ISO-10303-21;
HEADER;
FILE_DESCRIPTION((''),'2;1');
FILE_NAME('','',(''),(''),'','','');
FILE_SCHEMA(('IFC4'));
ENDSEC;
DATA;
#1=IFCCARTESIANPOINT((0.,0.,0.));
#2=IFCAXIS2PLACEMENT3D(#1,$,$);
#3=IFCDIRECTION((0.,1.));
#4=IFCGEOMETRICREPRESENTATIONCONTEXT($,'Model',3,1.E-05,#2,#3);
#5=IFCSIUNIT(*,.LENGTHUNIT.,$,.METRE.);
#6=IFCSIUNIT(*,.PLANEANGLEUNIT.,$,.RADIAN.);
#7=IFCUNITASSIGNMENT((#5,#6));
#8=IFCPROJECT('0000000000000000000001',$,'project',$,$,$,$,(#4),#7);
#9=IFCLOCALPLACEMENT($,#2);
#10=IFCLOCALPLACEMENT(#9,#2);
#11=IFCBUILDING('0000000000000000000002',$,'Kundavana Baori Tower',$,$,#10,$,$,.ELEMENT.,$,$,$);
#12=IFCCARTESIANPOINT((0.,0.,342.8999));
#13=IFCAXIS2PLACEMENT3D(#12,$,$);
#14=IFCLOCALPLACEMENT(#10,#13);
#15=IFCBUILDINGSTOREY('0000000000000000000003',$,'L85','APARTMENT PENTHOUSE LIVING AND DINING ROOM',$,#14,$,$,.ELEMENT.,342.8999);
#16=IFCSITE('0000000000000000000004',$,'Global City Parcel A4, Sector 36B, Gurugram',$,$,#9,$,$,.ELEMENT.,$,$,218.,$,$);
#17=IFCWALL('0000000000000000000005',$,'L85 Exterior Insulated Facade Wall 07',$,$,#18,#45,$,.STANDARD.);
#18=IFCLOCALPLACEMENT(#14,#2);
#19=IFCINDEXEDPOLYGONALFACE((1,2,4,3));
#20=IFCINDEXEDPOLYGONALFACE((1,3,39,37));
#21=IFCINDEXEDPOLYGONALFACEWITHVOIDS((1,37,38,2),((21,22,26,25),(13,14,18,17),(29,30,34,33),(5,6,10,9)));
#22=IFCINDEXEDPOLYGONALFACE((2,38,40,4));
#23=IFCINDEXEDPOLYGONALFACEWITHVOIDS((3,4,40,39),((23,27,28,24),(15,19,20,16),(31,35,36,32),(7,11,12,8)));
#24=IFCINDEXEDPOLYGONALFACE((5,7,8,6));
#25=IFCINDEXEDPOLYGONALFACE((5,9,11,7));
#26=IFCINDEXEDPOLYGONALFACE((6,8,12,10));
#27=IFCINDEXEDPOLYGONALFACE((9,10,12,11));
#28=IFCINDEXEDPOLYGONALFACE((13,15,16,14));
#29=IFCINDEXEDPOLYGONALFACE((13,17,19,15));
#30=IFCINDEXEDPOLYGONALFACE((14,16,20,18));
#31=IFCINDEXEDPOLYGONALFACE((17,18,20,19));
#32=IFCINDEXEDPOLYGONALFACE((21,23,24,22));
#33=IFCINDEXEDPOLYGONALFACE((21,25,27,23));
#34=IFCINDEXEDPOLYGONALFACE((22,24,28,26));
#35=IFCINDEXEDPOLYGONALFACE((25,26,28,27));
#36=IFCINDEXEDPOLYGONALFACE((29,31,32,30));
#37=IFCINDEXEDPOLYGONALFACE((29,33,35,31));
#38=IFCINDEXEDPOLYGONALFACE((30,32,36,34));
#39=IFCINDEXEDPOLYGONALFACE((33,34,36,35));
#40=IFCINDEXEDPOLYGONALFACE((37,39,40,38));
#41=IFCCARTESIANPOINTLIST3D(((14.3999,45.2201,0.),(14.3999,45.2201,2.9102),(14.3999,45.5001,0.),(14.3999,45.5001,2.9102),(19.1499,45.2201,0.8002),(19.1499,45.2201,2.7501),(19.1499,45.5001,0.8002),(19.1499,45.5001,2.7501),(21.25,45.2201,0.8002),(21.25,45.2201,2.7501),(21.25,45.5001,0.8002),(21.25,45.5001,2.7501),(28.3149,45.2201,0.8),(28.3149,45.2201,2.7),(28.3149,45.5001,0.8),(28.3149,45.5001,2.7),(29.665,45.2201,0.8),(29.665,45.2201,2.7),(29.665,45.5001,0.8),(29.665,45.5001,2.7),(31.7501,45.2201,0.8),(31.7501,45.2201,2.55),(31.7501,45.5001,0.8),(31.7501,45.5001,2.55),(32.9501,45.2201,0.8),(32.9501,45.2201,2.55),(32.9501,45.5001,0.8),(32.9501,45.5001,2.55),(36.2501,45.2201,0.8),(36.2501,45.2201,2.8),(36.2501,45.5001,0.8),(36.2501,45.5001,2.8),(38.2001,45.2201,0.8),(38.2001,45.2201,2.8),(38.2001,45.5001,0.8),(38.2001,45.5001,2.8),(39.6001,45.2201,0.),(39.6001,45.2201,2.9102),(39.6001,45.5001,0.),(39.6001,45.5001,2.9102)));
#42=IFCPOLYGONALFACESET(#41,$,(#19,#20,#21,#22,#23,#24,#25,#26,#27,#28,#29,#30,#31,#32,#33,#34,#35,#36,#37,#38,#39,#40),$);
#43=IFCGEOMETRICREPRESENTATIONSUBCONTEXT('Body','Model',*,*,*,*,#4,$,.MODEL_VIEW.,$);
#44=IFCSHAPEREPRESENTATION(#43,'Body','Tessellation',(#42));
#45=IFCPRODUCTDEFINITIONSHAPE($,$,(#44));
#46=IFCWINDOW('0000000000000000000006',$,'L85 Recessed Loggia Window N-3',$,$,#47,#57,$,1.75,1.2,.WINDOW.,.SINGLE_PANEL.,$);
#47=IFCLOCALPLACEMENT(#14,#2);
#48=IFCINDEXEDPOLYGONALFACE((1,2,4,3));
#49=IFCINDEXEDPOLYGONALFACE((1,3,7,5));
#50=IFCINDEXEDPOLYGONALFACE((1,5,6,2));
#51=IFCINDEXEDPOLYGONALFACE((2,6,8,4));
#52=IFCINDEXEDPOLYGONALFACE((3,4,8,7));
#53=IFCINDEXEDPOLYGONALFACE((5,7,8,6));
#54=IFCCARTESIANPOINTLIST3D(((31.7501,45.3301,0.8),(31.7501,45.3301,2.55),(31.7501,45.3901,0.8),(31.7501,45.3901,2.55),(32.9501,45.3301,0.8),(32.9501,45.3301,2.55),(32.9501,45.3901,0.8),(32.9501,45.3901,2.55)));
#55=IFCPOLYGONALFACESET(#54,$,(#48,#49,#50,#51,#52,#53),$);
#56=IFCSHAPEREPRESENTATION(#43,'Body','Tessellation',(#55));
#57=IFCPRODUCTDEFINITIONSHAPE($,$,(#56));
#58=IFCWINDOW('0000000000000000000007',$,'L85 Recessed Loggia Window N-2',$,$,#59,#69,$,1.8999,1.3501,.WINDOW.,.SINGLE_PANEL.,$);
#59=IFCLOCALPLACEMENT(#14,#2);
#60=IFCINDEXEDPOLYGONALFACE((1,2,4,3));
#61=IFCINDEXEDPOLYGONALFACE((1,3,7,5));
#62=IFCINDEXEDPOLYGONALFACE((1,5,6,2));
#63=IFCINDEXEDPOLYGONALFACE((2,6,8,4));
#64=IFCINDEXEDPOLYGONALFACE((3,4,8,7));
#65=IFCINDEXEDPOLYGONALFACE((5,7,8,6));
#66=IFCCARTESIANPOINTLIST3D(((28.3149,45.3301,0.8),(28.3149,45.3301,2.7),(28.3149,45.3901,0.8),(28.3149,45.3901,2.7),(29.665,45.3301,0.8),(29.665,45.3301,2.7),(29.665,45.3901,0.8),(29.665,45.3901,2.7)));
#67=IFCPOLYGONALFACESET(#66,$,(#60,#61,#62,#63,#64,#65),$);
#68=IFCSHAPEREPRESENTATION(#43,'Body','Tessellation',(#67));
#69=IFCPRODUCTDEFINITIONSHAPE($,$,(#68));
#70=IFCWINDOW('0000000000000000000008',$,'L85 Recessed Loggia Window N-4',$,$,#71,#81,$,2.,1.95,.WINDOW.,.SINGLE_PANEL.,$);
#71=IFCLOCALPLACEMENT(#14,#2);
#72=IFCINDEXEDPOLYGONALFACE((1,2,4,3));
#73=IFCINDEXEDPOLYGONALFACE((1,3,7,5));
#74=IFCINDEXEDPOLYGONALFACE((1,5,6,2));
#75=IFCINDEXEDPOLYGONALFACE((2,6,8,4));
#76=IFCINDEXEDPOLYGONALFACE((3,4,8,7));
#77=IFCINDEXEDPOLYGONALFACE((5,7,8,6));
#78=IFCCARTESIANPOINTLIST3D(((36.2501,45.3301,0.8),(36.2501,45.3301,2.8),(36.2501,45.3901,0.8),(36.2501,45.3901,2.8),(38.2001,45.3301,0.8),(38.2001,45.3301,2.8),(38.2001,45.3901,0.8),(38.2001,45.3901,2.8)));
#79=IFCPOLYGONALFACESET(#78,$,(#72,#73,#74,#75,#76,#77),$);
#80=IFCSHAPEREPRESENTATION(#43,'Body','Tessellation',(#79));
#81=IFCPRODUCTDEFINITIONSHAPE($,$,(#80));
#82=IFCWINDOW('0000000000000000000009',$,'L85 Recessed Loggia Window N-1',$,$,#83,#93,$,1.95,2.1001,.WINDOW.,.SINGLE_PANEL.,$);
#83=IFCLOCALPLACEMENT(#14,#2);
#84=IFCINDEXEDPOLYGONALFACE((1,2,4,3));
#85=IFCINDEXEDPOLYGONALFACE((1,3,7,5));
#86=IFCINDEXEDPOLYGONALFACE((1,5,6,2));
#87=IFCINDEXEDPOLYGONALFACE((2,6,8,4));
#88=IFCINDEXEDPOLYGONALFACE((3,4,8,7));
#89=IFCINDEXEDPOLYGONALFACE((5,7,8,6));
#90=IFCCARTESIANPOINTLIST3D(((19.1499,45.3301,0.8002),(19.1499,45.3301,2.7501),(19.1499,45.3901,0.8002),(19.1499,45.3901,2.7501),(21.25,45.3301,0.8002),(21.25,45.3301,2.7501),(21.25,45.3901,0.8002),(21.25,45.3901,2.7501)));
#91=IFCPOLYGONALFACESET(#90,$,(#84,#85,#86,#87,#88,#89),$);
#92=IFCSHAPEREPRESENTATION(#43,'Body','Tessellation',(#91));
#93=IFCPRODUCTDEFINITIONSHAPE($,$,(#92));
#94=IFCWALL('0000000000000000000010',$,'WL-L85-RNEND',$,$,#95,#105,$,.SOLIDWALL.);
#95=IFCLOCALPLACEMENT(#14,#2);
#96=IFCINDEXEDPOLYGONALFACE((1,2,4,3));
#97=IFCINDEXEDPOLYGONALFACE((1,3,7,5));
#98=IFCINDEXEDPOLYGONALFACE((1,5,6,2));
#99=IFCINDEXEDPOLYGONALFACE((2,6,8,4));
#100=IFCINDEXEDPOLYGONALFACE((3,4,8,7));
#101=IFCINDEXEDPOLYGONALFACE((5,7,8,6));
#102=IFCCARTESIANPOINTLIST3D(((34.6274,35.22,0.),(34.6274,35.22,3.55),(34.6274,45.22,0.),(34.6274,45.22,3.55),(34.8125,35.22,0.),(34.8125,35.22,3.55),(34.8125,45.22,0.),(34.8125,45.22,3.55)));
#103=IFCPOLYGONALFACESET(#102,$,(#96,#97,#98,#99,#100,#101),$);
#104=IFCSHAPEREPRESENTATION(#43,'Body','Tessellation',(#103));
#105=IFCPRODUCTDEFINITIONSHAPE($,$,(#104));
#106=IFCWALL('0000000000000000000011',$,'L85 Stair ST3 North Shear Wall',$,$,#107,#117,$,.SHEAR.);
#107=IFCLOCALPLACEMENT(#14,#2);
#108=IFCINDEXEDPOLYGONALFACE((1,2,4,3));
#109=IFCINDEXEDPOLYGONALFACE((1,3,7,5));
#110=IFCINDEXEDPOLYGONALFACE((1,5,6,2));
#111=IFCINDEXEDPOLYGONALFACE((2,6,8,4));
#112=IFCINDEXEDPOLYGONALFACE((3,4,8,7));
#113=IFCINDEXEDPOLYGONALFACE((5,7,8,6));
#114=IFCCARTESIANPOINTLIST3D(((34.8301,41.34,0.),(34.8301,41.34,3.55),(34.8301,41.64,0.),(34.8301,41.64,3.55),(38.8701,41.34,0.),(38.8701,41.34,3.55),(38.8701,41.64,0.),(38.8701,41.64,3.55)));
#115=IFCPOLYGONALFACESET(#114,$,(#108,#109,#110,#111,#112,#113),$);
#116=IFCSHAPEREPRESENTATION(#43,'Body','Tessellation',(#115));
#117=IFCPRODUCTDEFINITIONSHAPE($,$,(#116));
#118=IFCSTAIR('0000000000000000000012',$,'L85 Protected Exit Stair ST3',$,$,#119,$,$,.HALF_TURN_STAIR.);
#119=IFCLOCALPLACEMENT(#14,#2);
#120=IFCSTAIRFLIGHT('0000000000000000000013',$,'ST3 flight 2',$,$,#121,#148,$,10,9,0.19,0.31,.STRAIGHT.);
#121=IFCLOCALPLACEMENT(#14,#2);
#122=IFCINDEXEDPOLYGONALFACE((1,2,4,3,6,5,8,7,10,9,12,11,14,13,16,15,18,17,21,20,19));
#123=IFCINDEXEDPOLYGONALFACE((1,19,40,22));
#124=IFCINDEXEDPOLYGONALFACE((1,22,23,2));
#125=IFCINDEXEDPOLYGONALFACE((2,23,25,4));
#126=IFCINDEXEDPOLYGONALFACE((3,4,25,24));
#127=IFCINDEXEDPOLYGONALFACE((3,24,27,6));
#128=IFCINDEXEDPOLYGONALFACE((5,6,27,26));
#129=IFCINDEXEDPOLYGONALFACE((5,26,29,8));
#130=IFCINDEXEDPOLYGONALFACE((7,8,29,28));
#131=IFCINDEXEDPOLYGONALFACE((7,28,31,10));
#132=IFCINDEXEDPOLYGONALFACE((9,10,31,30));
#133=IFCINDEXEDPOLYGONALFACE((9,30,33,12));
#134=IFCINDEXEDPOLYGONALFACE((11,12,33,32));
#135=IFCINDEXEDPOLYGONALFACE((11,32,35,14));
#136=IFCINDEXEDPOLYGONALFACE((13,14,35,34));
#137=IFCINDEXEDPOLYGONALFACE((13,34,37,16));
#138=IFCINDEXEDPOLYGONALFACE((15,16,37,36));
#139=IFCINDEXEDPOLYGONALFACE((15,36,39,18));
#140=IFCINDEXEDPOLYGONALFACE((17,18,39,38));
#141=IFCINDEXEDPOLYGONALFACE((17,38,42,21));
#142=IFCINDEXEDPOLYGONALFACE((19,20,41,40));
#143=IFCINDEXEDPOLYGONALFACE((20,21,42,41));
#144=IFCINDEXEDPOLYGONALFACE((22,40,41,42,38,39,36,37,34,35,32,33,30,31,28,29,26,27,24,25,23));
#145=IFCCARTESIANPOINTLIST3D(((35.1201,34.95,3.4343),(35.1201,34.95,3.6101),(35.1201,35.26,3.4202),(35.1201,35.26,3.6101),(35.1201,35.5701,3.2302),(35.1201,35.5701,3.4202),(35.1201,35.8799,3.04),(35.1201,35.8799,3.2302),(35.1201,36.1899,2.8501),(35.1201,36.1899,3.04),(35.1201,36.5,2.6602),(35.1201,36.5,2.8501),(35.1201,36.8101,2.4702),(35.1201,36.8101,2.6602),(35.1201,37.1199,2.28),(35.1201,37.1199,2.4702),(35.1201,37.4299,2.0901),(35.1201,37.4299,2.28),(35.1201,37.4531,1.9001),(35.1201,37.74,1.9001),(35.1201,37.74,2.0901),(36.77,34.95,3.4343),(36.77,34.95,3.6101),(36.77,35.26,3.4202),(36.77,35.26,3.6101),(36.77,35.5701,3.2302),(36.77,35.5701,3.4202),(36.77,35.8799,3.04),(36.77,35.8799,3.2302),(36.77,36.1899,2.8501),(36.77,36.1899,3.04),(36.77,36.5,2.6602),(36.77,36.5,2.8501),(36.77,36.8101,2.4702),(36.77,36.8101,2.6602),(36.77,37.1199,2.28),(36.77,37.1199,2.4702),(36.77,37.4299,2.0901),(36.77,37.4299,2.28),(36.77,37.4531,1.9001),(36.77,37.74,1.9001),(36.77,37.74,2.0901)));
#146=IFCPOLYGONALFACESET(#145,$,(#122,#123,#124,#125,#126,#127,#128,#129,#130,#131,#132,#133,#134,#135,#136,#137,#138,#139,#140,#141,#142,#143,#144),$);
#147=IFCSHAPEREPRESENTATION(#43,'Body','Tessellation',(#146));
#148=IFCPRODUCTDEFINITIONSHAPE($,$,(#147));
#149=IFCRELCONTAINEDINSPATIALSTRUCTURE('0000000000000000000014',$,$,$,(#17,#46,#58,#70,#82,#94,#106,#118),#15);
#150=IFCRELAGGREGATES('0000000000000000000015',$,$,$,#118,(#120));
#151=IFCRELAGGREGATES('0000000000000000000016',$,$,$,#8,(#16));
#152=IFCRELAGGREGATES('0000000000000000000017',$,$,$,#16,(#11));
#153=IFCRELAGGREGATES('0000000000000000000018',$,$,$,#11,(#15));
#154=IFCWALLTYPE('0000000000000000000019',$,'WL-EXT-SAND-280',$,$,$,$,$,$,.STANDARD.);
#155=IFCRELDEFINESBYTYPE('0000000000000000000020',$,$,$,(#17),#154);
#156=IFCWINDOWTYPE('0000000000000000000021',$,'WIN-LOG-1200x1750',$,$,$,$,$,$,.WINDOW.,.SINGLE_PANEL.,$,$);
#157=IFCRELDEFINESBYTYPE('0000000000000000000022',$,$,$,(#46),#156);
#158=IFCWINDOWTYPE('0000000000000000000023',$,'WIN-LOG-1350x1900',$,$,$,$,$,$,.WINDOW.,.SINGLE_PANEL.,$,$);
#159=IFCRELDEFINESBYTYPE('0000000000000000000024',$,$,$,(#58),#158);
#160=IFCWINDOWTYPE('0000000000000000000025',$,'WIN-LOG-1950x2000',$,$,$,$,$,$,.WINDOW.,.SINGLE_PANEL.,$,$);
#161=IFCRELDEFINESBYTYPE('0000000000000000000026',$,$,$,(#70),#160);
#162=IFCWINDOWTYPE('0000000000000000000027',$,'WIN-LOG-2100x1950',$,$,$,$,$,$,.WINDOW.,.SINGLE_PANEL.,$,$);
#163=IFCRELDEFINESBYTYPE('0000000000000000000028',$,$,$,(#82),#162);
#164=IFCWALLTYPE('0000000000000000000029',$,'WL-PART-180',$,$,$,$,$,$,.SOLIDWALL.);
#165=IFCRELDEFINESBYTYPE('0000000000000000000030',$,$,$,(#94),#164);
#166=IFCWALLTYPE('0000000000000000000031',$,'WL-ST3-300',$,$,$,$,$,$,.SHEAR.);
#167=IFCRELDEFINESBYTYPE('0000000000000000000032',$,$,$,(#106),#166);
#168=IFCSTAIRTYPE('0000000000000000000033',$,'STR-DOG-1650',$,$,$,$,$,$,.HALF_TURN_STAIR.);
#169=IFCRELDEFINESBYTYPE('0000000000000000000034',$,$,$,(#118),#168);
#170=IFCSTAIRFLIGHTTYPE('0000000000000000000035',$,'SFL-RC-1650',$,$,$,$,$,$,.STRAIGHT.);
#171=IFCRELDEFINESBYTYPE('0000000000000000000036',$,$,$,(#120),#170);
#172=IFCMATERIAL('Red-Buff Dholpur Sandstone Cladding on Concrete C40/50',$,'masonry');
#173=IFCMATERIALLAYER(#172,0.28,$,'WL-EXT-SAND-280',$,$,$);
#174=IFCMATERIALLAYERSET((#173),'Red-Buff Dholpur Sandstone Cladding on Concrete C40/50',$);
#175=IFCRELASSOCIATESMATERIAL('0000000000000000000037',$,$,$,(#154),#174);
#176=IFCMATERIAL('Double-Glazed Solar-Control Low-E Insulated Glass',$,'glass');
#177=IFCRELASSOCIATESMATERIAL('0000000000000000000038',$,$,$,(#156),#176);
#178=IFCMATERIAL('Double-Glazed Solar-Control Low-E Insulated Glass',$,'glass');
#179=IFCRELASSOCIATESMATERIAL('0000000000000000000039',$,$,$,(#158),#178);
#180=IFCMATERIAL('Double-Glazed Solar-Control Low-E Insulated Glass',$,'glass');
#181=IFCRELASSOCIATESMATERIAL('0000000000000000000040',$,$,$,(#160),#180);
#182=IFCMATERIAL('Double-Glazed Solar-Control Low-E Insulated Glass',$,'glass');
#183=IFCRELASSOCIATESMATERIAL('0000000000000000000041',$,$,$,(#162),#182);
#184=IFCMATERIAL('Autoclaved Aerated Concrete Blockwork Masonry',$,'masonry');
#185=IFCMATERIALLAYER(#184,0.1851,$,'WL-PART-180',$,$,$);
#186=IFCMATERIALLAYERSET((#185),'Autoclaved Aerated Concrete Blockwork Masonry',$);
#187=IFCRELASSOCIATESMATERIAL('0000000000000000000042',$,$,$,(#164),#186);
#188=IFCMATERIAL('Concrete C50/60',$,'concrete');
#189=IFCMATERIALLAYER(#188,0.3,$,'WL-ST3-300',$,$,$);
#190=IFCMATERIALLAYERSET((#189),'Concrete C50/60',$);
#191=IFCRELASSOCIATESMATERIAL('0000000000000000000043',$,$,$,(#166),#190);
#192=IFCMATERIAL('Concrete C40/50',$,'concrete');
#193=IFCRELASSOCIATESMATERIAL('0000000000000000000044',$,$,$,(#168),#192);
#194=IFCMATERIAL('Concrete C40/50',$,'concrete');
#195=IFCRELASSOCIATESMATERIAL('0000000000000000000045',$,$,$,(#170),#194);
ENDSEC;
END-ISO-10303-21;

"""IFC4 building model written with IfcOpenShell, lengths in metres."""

from ifc_helpers import new_model, si_unit, direction, frame, frame_2d, origin, place, context, subcontext, project, spatial, polyline, rectangle, outline, extrude, material, layer, layer_set, type_object, element, fill, aggregate, save


model = new_model("IFC4")

# Units and contexts
model_context = context("Model", 3, precision=1e-05, world=origin(), true_north=direction((0.0, 1.0)))
body_context = subcontext(model_context, "Body", "Model", "MODEL_VIEW")
ifc_project = project(units=[si_unit("LENGTHUNIT", "METRE"), si_unit("PLANEANGLEUNIT", "RADIAN")], contexts=[model_context])

# Site, building, storey
site_placement = place(None, origin())
site = spatial("IfcSite", under=ifc_project, at=site_placement, Name="Global City Parcel A4, Sector 36B, Gurugram", CompositionType="ELEMENT", RefElevation=218.0)
building_placement = place(site_placement, origin())
building = spatial("IfcBuilding", under=site, at=building_placement, Name="Kundavana Baori Tower", CompositionType="ELEMENT")
storey_placement = place(building_placement, frame((0.0, 0.0, 342.8999)))
storey = spatial("IfcBuildingStorey", under=building, at=storey_placement, Name="L85", Description="APARTMENT PENTHOUSE LIVING AND DINING ROOM", CompositionType="ELEMENT", Elevation=342.8999)

# Shared definitions
ifc_material_1 = material(Name="Red-Buff Dholpur Sandstone Cladding on Concrete C40/50", Category="masonry")
ifc_layer_1 = layer(ifc_material_1, 0.28, Name="WL-EXT-SAND-280")
ifc_layer_set_1 = layer_set([ifc_layer_1], Name="Red-Buff Dholpur Sandstone Cladding on Concrete C40/50")
wall_type_1 = type_object("IfcWallType", Name="WL-EXT-SAND-280", PredefinedType="STANDARD", material=ifc_layer_set_1)

# Wall, openings, windows
wall_1_placement = place(storey_placement, frame((39.6001, 45.3601, 0.0), z_axis=(0.0, 0.0, 1.0), x_axis=(-1.0, 0.0, 0.0)))
wall_1 = element("IfcWall", 1, at=wall_1_placement, inside=storey, type_object=wall_type_1, Name="L85 Exterior Insulated Facade Wall 07", PredefinedType="STANDARD", context=body_context, shape_type="SweptSolid", body=[
    extrude(rectangle(XDim=25.2002, YDim=0.28, at=frame_2d((12.6001, 0.0))), origin(), (0.0, 0.0, 1.0), 2.9102),
])
opening_1_placement = place(wall_1_placement, frame((18.3501, 0.0, 0.8)))
opening_1 = element("IfcOpeningElement", 2, at=opening_1_placement, cuts=wall_1, PredefinedType="OPENING", context=body_context, shape_type="SweptSolid", body=[
    extrude(rectangle(XDim=2.1001, YDim=1.95, at=frame_2d((1.05, 0.9751))), frame((0.0, 0.1499, 0.0), z_axis=(0.0, -1.0, 0.0), x_axis=(1.0, 0.0, 0.0)), (0.0, 0.0, 1.0), 0.3),
])
opening_2_placement = place(wall_1_placement, frame((9.9351, 0.0, 0.8)))
opening_2 = element("IfcOpeningElement", 3, at=opening_2_placement, cuts=wall_1, PredefinedType="OPENING", context=body_context, shape_type="SweptSolid", body=[
    extrude(rectangle(XDim=1.3501, YDim=1.8999, at=frame_2d((0.675, 0.95))), frame((0.0, 0.1499, 0.0), z_axis=(0.0, -1.0, 0.0), x_axis=(1.0, 0.0, 0.0)), (0.0, 0.0, 1.0), 0.3),
])
opening_3_placement = place(wall_1_placement, frame((6.6499, 0.0, 0.8)))
opening_3 = element("IfcOpeningElement", 4, at=opening_3_placement, cuts=wall_1, PredefinedType="OPENING", context=body_context, shape_type="SweptSolid", body=[
    extrude(rectangle(XDim=1.2, YDim=1.75, at=frame_2d((0.6001, 0.875))), frame((0.0, 0.1499, 0.0), z_axis=(0.0, -1.0, 0.0), x_axis=(1.0, 0.0, 0.0)), (0.0, 0.0, 1.0), 0.3),
])
opening_4_placement = place(wall_1_placement, frame((1.3999, 0.0, 0.8)))
opening_4 = element("IfcOpeningElement", 5, at=opening_4_placement, cuts=wall_1, PredefinedType="OPENING", context=body_context, shape_type="SweptSolid", body=[
    extrude(rectangle(XDim=1.95, YDim=2.0, at=frame_2d((0.9751, 1.0))), frame((0.0, 0.1499, 0.0), z_axis=(0.0, -1.0, 0.0), x_axis=(1.0, 0.0, 0.0)), (0.0, 0.0, 1.0), 0.3),
])
ifc_material_2 = material(Name="Double-Glazed Solar-Control Low-E Insulated Glass", Category="glass")
window_type_1 = type_object("IfcWindowType", Name="WIN-LOG-1200x1750", PartitioningType="SINGLE_PANEL", PredefinedType="WINDOW", material=ifc_material_2)
window_1_placement = place(opening_3_placement, origin())
window_1 = element("IfcWindow", 6, at=window_1_placement, inside=storey, type_object=window_type_1, Name="L85 Recessed Loggia Window N-3", OverallHeight=1.75, OverallWidth=1.2, PartitioningType="SINGLE_PANEL", PredefinedType="WINDOW", context=body_context, shape_type="SweptSolid", body=[
    extrude(rectangle(XDim=1.2, YDim=1.75, at=frame_2d((0.6001, 0.875))), frame((0.0, 0.03, 0.0), z_axis=(0.0, -1.0, 0.0), x_axis=(1.0, 0.0, 0.0)), (0.0, 0.0, 1.0), 0.0601),
])
fill(opening_3, window_1)
ifc_material_3 = material(Name="Double-Glazed Solar-Control Low-E Insulated Glass", Category="glass")
window_type_2 = type_object("IfcWindowType", Name="WIN-LOG-1350x1900", PartitioningType="SINGLE_PANEL", PredefinedType="WINDOW", material=ifc_material_3)
window_2_placement = place(opening_2_placement, origin())
window_2 = element("IfcWindow", 7, at=window_2_placement, inside=storey, type_object=window_type_2, Name="L85 Recessed Loggia Window N-2", OverallHeight=1.8999, OverallWidth=1.3501, PartitioningType="SINGLE_PANEL", PredefinedType="WINDOW", context=body_context, shape_type="SweptSolid", body=[
    extrude(rectangle(XDim=1.3501, YDim=1.8999, at=frame_2d((0.675, 0.95))), frame((0.0, 0.03, 0.0), z_axis=(0.0, -1.0, 0.0), x_axis=(1.0, 0.0, 0.0)), (0.0, 0.0, 1.0), 0.0601),
])
fill(opening_2, window_2)
ifc_material_4 = material(Name="Double-Glazed Solar-Control Low-E Insulated Glass", Category="glass")
window_type_3 = type_object("IfcWindowType", Name="WIN-LOG-1950x2000", PartitioningType="SINGLE_PANEL", PredefinedType="WINDOW", material=ifc_material_4)
window_3_placement = place(opening_4_placement, origin())
window_3 = element("IfcWindow", 8, at=window_3_placement, inside=storey, type_object=window_type_3, Name="L85 Recessed Loggia Window N-4", OverallHeight=2.0, OverallWidth=1.95, PartitioningType="SINGLE_PANEL", PredefinedType="WINDOW", context=body_context, shape_type="SweptSolid", body=[
    extrude(rectangle(XDim=1.95, YDim=2.0, at=frame_2d((0.9751, 1.0))), frame((0.0, 0.03, 0.0), z_axis=(0.0, -1.0, 0.0), x_axis=(1.0, 0.0, 0.0)), (0.0, 0.0, 1.0), 0.0601),
])
fill(opening_4, window_3)
ifc_material_5 = material(Name="Double-Glazed Solar-Control Low-E Insulated Glass", Category="glass")
window_type_4 = type_object("IfcWindowType", Name="WIN-LOG-2100x1950", PartitioningType="SINGLE_PANEL", PredefinedType="WINDOW", material=ifc_material_5)
window_4_placement = place(opening_1_placement, origin())
window_4 = element("IfcWindow", 9, at=window_4_placement, inside=storey, type_object=window_type_4, Name="L85 Recessed Loggia Window N-1", OverallHeight=1.95, OverallWidth=2.1001, PartitioningType="SINGLE_PANEL", PredefinedType="WINDOW", context=body_context, shape_type="SweptSolid", body=[
    extrude(rectangle(XDim=2.1001, YDim=1.95, at=frame_2d((1.05, 0.9751))), frame((0.0, 0.03, 0.0), z_axis=(0.0, -1.0, 0.0), x_axis=(1.0, 0.0, 0.0)), (0.0, 0.0, 1.0), 0.0601),
])
fill(opening_1, window_4)

# Walls
ifc_material_6 = material(Name="Autoclaved Aerated Concrete Blockwork Masonry", Category="masonry")
ifc_layer_2 = layer(ifc_material_6, 0.1851, Name="WL-PART-180")
ifc_layer_set_2 = layer_set([ifc_layer_2], Name="Autoclaved Aerated Concrete Blockwork Masonry")
wall_type_2 = type_object("IfcWallType", Name="WL-PART-180", PredefinedType="SOLIDWALL", material=ifc_layer_set_2)
wall_2_placement = place(storey_placement, frame((34.72, 35.22, 0.0), z_axis=(0.0, 0.0, 1.0), x_axis=(0.0, 1.0, 0.0)))
element("IfcWall", 10, at=wall_2_placement, inside=storey, type_object=wall_type_2, Name="WL-L85-RNEND", PredefinedType="SOLIDWALL", context=body_context, shape_type="SweptSolid", body=[
    extrude(rectangle(XDim=10.0, YDim=0.1851, at=frame_2d((5.0, 0.0))), origin(), (0.0, 0.0, 1.0), 3.55),
])
ifc_material_7 = material(Name="Concrete C50/60", Category="concrete")
ifc_layer_3 = layer(ifc_material_7, 0.3, Name="WL-ST3-300")
ifc_layer_set_3 = layer_set([ifc_layer_3], Name="Concrete C50/60")
wall_type_3 = type_object("IfcWallType", Name="WL-ST3-300", PredefinedType="SHEAR", material=ifc_layer_set_3)
wall_3_placement = place(storey_placement, frame((34.8301, 41.49, 0.0), z_axis=(0.0, 0.0, 1.0), x_axis=(1.0, 0.0, 0.0)))
element("IfcWall", 11, at=wall_3_placement, inside=storey, type_object=wall_type_3, Name="L85 Stair ST3 North Shear Wall", PredefinedType="SHEAR", context=body_context, shape_type="SweptSolid", body=[
    extrude(rectangle(XDim=4.04, YDim=0.3, at=frame_2d((2.02, 0.0))), origin(), (0.0, 0.0, 1.0), 3.55),
])

# Stair, stair flight
ifc_material_8 = material(Name="Concrete C40/50", Category="concrete")
stair_type = type_object("IfcStairType", Name="STR-DOG-1650", PredefinedType="HALF_TURN_STAIR", material=ifc_material_8)
stair_placement = place(storey_placement, origin())
stair = element("IfcStair", 12, at=stair_placement, inside=storey, type_object=stair_type, Name="L85 Protected Exit Stair ST3", PredefinedType="HALF_TURN_STAIR")
ifc_material_9 = material(Name="Concrete C40/50", Category="concrete")
stair_flight_type = type_object("IfcStairFlightType", Name="SFL-RC-1650", PredefinedType="STRAIGHT", material=ifc_material_9)
stair_flight_placement = place(storey_placement, frame((35.9451, 37.74, 1.9001), z_axis=(0.0, 0.0, 1.0), x_axis=(0.0, -1.0, 0.0)))
stair_flight = element("IfcStairFlight", 13, at=stair_flight_placement, type_object=stair_flight_type, Name="ST3 flight 2", NumberOfRisers=10, NumberOfTreads=9, PredefinedType="STRAIGHT", RiserHeight=0.19, TreadLength=0.31, context=body_context, shape_type="SweptSolid", body=[
    extrude(outline(polyline([(0.0, 0.0), (0.0, 0.1899), (0.3101, 0.1899), (0.3101, 0.3799), (0.6201, 0.3799), (0.6201, 0.5701), (0.9299, 0.5701), (0.9299, 0.76), (1.24, 0.76), (1.24, 0.95), (1.55, 0.95), (1.55, 1.1399), (1.8601, 1.1399), (1.8601, 1.3301), (2.1699, 1.3301), (2.1699, 1.52), (2.48, 1.52), (2.48, 1.71), (2.79, 1.71), (2.79, 1.8999), (2.79, 1.5342), (0.2869, 0.0), (0.0, 0.0)])), frame((0.0, 0.825, 0.0), z_axis=(0.0, -1.0, 0.0), x_axis=(1.0, 0.0, 0.0)), (0.0, 0.0, 1.0), 1.6499),
])
aggregate(stair, [stair_flight])

save(model, "model.ifc")
